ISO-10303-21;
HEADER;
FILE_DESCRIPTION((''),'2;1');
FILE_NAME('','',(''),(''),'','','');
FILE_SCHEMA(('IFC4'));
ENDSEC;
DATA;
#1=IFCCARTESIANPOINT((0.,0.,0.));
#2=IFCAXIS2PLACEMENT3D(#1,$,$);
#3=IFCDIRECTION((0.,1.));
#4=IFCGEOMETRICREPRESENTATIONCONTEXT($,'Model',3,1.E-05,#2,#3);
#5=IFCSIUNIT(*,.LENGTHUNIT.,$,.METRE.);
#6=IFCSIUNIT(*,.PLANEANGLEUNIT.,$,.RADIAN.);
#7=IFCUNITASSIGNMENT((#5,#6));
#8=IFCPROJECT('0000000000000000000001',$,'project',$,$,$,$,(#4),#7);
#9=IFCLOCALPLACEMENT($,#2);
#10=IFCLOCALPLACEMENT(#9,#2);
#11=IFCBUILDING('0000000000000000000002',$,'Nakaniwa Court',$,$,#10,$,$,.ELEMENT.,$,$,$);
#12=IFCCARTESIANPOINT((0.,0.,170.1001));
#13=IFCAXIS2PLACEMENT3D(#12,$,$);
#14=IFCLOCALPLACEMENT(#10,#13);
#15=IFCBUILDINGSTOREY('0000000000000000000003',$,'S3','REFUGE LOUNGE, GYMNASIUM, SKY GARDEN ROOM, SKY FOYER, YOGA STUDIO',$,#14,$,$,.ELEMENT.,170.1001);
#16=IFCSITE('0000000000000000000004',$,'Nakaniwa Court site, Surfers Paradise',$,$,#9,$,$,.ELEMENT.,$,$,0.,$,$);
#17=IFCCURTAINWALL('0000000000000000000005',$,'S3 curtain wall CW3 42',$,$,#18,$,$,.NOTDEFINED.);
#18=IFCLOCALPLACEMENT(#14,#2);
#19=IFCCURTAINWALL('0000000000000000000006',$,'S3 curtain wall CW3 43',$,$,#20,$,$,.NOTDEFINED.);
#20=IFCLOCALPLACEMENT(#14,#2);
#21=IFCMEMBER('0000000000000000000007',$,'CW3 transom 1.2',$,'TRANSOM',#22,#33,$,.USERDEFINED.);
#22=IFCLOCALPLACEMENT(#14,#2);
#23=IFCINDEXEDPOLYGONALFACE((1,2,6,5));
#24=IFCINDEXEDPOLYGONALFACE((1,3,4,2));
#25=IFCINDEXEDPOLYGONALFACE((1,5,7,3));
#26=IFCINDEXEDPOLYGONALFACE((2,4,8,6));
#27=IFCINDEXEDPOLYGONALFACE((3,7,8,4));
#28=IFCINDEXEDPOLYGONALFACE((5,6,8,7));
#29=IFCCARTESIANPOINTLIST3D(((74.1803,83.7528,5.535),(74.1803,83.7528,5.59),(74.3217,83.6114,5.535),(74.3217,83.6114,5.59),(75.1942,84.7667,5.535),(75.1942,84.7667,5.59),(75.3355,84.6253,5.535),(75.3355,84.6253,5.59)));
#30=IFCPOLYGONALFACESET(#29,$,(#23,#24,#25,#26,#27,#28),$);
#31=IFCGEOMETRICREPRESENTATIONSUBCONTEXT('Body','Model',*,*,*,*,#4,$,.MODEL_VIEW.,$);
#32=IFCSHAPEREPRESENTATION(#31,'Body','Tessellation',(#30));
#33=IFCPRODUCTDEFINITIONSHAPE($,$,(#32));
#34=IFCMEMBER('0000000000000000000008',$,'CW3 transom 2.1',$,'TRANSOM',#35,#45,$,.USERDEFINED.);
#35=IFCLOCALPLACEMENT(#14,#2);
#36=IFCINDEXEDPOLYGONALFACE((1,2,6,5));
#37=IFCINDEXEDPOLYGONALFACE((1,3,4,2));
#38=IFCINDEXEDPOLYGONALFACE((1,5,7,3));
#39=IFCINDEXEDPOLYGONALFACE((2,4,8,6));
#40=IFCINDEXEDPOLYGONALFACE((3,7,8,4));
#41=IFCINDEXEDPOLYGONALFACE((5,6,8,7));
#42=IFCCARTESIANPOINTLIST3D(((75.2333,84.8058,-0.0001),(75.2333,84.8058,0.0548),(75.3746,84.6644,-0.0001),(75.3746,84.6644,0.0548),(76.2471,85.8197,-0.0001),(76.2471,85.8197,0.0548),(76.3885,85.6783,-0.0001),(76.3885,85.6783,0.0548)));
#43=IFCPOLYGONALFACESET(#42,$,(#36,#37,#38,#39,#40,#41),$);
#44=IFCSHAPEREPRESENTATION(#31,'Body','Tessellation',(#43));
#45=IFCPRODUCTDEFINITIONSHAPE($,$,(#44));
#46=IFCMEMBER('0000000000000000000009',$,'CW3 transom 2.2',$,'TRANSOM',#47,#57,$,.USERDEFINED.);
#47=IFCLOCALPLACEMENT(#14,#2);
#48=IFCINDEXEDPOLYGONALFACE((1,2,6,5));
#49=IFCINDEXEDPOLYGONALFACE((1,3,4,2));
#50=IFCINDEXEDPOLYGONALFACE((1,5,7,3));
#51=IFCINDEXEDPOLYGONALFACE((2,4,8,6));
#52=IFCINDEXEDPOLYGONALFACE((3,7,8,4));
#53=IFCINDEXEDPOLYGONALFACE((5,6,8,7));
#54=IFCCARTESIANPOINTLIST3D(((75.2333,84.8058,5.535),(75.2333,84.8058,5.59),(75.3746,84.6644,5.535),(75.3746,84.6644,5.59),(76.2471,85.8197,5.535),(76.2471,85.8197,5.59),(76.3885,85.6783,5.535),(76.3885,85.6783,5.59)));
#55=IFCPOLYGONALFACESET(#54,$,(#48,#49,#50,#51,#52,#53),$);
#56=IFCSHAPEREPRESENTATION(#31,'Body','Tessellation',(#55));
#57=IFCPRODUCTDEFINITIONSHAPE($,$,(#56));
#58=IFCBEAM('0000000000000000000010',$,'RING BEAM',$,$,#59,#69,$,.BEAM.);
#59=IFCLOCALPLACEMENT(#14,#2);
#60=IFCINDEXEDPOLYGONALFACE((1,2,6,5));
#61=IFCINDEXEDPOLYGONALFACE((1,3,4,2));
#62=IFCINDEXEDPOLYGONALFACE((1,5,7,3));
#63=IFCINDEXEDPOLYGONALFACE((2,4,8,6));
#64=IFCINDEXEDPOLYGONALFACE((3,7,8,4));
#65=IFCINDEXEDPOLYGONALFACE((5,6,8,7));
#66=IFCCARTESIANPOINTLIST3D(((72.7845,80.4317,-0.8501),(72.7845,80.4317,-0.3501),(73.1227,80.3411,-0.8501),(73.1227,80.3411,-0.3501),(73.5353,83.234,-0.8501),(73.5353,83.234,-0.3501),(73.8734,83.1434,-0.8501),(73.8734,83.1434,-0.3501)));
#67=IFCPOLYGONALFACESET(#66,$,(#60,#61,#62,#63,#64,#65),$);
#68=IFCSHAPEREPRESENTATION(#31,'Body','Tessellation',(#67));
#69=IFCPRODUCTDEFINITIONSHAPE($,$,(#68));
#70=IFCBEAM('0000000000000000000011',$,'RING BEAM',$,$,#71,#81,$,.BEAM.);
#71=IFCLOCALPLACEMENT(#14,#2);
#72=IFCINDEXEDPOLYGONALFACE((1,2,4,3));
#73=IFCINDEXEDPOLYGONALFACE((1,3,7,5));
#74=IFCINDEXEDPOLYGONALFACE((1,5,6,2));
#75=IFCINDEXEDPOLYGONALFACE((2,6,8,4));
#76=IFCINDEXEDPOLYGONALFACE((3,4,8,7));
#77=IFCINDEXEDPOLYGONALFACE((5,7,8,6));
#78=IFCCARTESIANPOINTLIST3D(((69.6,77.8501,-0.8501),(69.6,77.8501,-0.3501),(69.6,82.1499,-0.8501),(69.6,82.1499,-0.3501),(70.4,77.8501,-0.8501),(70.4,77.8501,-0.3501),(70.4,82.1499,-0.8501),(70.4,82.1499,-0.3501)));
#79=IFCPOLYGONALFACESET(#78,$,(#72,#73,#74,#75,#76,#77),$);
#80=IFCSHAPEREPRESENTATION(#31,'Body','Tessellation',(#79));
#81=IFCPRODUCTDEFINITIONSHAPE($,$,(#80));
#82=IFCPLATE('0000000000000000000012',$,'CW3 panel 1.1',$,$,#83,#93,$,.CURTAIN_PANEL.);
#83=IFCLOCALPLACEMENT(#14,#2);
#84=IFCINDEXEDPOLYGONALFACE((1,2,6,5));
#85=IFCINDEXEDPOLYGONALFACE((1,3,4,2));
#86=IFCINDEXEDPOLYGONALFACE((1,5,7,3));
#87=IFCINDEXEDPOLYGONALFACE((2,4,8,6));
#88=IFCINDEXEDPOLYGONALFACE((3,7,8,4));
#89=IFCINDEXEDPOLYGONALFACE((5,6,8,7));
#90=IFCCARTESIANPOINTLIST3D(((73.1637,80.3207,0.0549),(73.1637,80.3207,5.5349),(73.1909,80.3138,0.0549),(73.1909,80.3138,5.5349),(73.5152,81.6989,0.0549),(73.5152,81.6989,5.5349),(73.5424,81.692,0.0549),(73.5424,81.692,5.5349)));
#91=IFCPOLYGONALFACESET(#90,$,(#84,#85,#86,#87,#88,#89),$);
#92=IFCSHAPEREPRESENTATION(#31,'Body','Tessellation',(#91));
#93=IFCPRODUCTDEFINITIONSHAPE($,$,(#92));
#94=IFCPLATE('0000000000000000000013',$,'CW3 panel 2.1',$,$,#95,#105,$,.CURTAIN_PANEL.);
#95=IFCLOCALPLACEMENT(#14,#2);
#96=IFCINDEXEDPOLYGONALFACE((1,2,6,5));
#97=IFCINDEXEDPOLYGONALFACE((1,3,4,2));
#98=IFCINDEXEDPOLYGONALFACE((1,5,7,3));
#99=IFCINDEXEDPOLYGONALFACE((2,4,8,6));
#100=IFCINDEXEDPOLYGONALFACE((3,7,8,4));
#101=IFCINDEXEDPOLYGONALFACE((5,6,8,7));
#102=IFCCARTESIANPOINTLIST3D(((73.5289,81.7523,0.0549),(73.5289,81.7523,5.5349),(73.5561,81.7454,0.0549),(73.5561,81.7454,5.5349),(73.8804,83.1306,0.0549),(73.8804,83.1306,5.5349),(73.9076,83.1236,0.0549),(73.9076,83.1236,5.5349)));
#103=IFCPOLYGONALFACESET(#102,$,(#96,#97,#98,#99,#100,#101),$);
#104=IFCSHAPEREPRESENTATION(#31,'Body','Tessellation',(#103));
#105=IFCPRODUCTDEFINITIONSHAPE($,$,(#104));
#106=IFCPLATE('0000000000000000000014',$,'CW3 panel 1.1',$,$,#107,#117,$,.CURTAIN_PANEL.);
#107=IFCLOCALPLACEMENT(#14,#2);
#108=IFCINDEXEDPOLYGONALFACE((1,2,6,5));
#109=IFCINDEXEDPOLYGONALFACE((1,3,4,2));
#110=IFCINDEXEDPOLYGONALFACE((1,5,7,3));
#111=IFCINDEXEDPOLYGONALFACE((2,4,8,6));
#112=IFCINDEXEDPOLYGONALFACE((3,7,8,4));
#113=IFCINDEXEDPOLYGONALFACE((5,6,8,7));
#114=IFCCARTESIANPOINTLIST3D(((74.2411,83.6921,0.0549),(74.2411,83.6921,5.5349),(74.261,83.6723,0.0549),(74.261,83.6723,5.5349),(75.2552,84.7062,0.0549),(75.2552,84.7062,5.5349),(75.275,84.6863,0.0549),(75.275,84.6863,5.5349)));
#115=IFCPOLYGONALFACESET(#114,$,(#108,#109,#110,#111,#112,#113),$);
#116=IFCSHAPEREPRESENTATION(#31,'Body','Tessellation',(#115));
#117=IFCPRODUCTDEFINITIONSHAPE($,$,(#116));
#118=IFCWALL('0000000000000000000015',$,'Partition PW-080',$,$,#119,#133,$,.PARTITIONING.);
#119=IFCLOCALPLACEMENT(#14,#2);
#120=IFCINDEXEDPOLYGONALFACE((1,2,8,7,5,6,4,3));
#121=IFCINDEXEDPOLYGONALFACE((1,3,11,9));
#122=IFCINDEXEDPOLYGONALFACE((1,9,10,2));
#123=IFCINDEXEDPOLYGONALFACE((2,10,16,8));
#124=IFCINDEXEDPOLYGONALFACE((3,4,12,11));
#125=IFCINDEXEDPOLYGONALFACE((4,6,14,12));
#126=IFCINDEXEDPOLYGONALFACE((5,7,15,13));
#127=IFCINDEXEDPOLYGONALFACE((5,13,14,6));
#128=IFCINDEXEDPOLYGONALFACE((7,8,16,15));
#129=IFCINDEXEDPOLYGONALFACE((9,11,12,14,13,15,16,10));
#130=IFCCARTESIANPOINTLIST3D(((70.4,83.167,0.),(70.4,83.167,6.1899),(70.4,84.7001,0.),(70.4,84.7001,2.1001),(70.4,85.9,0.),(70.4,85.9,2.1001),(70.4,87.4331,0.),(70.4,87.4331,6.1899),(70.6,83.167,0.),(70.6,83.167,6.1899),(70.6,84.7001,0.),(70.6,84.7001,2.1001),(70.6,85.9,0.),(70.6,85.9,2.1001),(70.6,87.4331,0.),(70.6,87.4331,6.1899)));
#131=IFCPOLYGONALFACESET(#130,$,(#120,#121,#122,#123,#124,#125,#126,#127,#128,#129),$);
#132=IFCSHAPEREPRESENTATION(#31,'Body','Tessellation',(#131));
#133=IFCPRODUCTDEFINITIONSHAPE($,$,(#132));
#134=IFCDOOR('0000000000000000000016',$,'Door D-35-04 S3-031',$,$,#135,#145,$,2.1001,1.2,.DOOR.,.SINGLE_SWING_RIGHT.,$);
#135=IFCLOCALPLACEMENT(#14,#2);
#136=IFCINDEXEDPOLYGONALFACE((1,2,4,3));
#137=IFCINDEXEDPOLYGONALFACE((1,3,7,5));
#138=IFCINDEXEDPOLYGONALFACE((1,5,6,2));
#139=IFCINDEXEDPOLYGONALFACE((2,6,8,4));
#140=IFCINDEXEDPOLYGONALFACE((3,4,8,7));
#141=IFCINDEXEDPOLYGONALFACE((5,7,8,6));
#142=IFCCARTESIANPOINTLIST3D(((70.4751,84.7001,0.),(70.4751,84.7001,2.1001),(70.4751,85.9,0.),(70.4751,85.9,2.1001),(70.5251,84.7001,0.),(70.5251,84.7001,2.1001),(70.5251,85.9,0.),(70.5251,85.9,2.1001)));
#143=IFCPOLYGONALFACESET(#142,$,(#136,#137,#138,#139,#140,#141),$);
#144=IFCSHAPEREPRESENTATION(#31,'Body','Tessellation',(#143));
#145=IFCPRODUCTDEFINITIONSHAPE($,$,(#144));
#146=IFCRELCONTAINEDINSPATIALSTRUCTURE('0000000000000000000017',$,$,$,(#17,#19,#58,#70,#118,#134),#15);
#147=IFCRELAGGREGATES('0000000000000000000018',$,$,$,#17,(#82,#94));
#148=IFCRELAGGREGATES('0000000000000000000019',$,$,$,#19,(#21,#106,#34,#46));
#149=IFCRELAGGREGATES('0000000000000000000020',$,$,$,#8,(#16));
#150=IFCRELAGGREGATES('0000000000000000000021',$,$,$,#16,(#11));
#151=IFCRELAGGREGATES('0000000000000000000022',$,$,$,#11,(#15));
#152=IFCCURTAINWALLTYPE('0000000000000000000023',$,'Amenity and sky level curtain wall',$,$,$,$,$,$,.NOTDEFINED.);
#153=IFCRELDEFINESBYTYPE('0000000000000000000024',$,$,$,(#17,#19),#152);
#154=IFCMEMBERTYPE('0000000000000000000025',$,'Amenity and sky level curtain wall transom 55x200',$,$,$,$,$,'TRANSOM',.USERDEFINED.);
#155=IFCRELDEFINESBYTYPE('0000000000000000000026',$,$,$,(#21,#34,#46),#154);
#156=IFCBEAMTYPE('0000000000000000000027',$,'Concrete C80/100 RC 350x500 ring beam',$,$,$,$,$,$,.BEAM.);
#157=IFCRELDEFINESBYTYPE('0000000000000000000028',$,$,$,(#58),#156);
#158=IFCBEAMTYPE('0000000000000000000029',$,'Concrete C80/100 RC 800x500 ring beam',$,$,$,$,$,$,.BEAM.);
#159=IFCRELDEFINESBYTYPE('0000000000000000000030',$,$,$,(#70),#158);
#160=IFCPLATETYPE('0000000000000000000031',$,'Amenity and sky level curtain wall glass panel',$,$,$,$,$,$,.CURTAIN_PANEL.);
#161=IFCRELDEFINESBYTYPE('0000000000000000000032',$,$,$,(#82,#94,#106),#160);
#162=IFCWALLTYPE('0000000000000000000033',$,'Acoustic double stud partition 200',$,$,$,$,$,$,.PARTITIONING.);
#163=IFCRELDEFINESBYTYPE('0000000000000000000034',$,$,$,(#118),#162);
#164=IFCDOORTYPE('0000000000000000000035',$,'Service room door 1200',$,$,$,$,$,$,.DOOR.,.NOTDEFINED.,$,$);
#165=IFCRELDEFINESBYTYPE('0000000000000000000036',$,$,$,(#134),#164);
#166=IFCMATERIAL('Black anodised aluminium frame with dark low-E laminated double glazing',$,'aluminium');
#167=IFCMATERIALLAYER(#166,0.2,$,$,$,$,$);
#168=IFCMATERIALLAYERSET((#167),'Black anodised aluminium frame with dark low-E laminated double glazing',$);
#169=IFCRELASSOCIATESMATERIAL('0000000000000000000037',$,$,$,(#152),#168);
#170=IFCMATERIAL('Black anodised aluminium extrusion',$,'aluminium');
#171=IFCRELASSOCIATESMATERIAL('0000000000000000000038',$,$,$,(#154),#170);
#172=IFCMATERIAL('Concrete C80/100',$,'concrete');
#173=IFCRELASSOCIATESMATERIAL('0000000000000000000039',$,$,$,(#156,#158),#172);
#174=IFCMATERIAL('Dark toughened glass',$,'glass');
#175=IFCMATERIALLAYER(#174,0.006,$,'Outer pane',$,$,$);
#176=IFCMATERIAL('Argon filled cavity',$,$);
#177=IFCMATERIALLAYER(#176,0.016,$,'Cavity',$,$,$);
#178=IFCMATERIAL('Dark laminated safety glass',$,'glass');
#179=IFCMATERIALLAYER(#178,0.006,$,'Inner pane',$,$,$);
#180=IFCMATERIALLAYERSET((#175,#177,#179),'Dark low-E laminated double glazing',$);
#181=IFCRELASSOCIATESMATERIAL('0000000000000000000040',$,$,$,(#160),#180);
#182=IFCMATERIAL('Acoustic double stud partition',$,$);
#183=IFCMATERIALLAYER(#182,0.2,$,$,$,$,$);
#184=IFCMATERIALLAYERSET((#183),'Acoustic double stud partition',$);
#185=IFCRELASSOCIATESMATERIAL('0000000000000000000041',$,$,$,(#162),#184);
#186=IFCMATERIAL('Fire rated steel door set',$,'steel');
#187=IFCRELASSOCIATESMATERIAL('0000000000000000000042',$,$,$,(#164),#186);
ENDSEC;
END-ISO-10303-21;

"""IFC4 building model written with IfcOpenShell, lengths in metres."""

from ifc_helpers import new_model, si_unit, direction, frame, frame_2d, origin, origin_2d, place, context, subcontext, project, spatial, rectangle, extrude, material, layer, layer_set, material_profile, profile_set, type_object, element, fill, aggregate, save


model = new_model("IFC4")

# Units and contexts
model_context = context("Model", 3, precision=1e-05, world=origin(), true_north=direction((0.0, 1.0)))
body_context = subcontext(model_context, "Body", "Model", "MODEL_VIEW")
ifc_project = project(units=[si_unit("LENGTHUNIT", "METRE"), si_unit("PLANEANGLEUNIT", "RADIAN")], contexts=[model_context])

# Site, building, storey
site_placement = place(None, origin())
site = spatial("IfcSite", under=ifc_project, at=site_placement, Name="Nakaniwa Court site, Surfers Paradise", CompositionType="ELEMENT", RefElevation=0.0)
building_placement = place(site_placement, origin())
building = spatial("IfcBuilding", under=site, at=building_placement, Name="Nakaniwa Court", CompositionType="ELEMENT")
storey_placement = place(building_placement, frame((0.0, 0.0, 170.1001)))
storey = spatial("IfcBuildingStorey", under=building, at=storey_placement, Name="S3", Description="REFUGE LOUNGE, GYMNASIUM, SKY GARDEN ROOM, SKY FOYER, YOGA STUDIO", CompositionType="ELEMENT", Elevation=170.1001)

# Shared definitions
ifc_material_1 = material(Name="Concrete C80/100", Category="concrete")

# Curtain walls
ifc_material_2 = material(Name="Black anodised aluminium frame with dark low-E laminated double glazing", Category="aluminium")
ifc_layer_1 = layer(ifc_material_2, 0.2)
ifc_layer_set_1 = layer_set([ifc_layer_1], Name="Black anodised aluminium frame with dark low-E laminated double glazing")
curtain_wall_type = type_object("IfcCurtainWallType", Name="Amenity and sky level curtain wall", PredefinedType="NOTDEFINED", material=ifc_layer_set_1)
curtain_wall_1_placement = place(storey_placement, origin())
curtain_wall_1 = element("IfcCurtainWall", 1, at=curtain_wall_1_placement, inside=storey, type_object=curtain_wall_type, Name="S3 curtain wall CW3 42", PredefinedType="NOTDEFINED")
ifc_material_3 = material(Name="Black anodised aluminium extrusion", Category="aluminium")
curtain_wall_2_placement = place(storey_placement, origin())
curtain_wall_2 = element("IfcCurtainWall", 2, at=curtain_wall_2_placement, inside=storey, type_object=curtain_wall_type, Name="S3 curtain wall CW3 43", PredefinedType="NOTDEFINED")

# Members
ifc_material_profile_1 = material_profile(ifc_material_3, rectangle(XDim=0.2, YDim=0.0549, at=origin_2d()), Name="Amenity and sky level curtain wall transom 55x200")
ifc_profile_set_1 = profile_set([ifc_material_profile_1], Name="Black anodised aluminium extrusion")
member_type_1 = type_object("IfcMemberType", Name="Amenity and sky level curtain wall transom 55x200", ElementType="TRANSOM", PredefinedType="USERDEFINED", material=ifc_profile_set_1)
member_1_placement = place(storey_placement, frame((74.251, 83.6821, 5.5625), z_axis=(0.707107, 0.707107, 0.0), x_axis=(-0.707107, 0.707107, 0.0)))
member_1 = element("IfcMember", 3, at=member_1_placement, type_object=member_type_1, Name="CW3 transom 1.2", ObjectType="TRANSOM", PredefinedType="USERDEFINED", context=body_context, shape_type="SweptSolid", body=[
    extrude(rectangle(XDim=0.2, YDim=0.0549, at=origin_2d()), origin(), (0.0, 0.0, 1.0), 1.4338),
])
member_2_placement = place(storey_placement, frame((75.304, 84.7351, 0.0273), z_axis=(0.707107, 0.707107, 0.0), x_axis=(-0.707107, 0.707107, 0.0)))
member_2 = element("IfcMember", 4, at=member_2_placement, type_object=member_type_1, Name="CW3 transom 2.1", ObjectType="TRANSOM", PredefinedType="USERDEFINED", context=body_context, shape_type="SweptSolid", body=[
    extrude(rectangle(XDim=0.2, YDim=0.0549, at=origin_2d()), origin(), (0.0, 0.0, 1.0), 1.4338),
])
member_3_placement = place(storey_placement, frame((75.304, 84.7351, 5.5625), z_axis=(0.707107, 0.707107, 0.0), x_axis=(-0.707107, 0.707107, 0.0)))
member_3 = element("IfcMember", 5, at=member_3_placement, type_object=member_type_1, Name="CW3 transom 2.2", ObjectType="TRANSOM", PredefinedType="USERDEFINED", context=body_context, shape_type="SweptSolid", body=[
    extrude(rectangle(XDim=0.2, YDim=0.0549, at=origin_2d()), origin(), (0.0, 0.0, 1.0), 1.4338),
])

# Beams
ifc_material_profile_2 = material_profile(ifc_material_1, rectangle(XDim=0.3501, YDim=0.5, at=origin_2d()), Name="Concrete C80/100 RC 350x500 ring beam")
ifc_profile_set_2 = profile_set([ifc_material_profile_2], Name="Concrete C80/100")
beam_type_1 = type_object("IfcBeamType", Name="Concrete C80/100 RC 350x500 ring beam", PredefinedType="BEAM", material=ifc_profile_set_2)
beam_1_placement = place(storey_placement, frame((73.7043, 83.1887, -0.6001), z_axis=(-0.258778, -0.965937, 0.0), x_axis=(0.965937, -0.258778, 0.0)))
element("IfcBeam", 6, at=beam_1_placement, inside=storey, type_object=beam_type_1, Name="RING BEAM", PredefinedType="BEAM", context=body_context, shape_type="SweptSolid", body=[
    extrude(rectangle(XDim=0.3501, YDim=0.5, at=origin_2d()), origin(), (0.0, 0.0, 1.0), 2.9011),
])
ifc_material_profile_3 = material_profile(ifc_material_1, rectangle(XDim=0.8, YDim=0.5, at=origin_2d()), Name="Concrete C80/100 RC 800x500 ring beam")
ifc_profile_set_3 = profile_set([ifc_material_profile_3], Name="Concrete C80/100")
beam_type_2 = type_object("IfcBeamType", Name="Concrete C80/100 RC 800x500 ring beam", PredefinedType="BEAM", material=ifc_profile_set_3)
beam_2_placement = place(storey_placement, frame((70.0, 82.1499, -0.6001), z_axis=(0.0, -1.0, 0.0), x_axis=(1.0, 0.0, 0.0)))
element("IfcBeam", 7, at=beam_2_placement, inside=storey, type_object=beam_type_2, Name="RING BEAM", PredefinedType="BEAM", context=body_context, shape_type="SweptSolid", body=[
    extrude(rectangle(XDim=0.8, YDim=0.5, at=origin_2d()), origin(), (0.0, 0.0, 1.0), 4.2998),
])

# Plates
ifc_material_4 = material(Name="Dark toughened glass", Category="glass")
ifc_layer_2 = layer(ifc_material_4, 0.006, Name="Outer pane")
ifc_material_5 = material(Name="Argon filled cavity")
ifc_layer_3 = layer(ifc_material_5, 0.016, Name="Cavity")
ifc_material_6 = material(Name="Dark laminated safety glass", Category="glass")
ifc_layer_4 = layer(ifc_material_6, 0.006, Name="Inner pane")
ifc_layer_set_2 = layer_set([ifc_layer_2, ifc_layer_3, ifc_layer_4], Name="Dark low-E laminated double glazing")
plate_type = type_object("IfcPlateType", Name="Amenity and sky level curtain wall glass panel", PredefinedType="CURTAIN_PANEL", material=ifc_layer_set_2)
plate_1_placement = place(storey_placement, frame((73.353, 81.0063, 0.0549), z_axis=(0.0, 0.0, 1.0), x_axis=(0.247114, 0.968986, 0.0)))
plate_1 = element("IfcPlate", 8, at=plate_1_placement, type_object=plate_type, Name="CW3 panel 1.1", PredefinedType="CURTAIN_PANEL", context=body_context, shape_type="SweptSolid", body=[
    extrude(rectangle(XDim=1.4224, YDim=0.0281, at=origin_2d()), origin(), (0.0, 0.0, 1.0), 5.48),
])
plate_2_placement = place(storey_placement, frame((73.7183, 82.438, 0.0549), z_axis=(0.0, 0.0, 1.0), x_axis=(0.247114, 0.968986, 0.0)))
plate_2 = element("IfcPlate", 9, at=plate_2_placement, type_object=plate_type, Name="CW3 panel 2.1", PredefinedType="CURTAIN_PANEL", context=body_context, shape_type="SweptSolid", body=[
    extrude(rectangle(XDim=1.4224, YDim=0.0281, at=origin_2d()), origin(), (0.0, 0.0, 1.0), 5.48),
])
aggregate(curtain_wall_1, [plate_1, plate_2])
plate_3_placement = place(storey_placement, frame((74.7581, 84.1892, 0.0549), z_axis=(0.0, 0.0, 1.0), x_axis=(0.707107, 0.707107, 0.0)))
plate_3 = element("IfcPlate", 10, at=plate_3_placement, type_object=plate_type, Name="CW3 panel 1.1", PredefinedType="CURTAIN_PANEL", context=body_context, shape_type="SweptSolid", body=[
    extrude(rectangle(XDim=1.4341, YDim=0.0281, at=origin_2d()), origin(), (0.0, 0.0, 1.0), 5.48),
])
aggregate(curtain_wall_2, [member_1, plate_3, member_2, member_3])

# Wall, opening, door
ifc_material_7 = material(Name="Acoustic double stud partition")
ifc_layer_5 = layer(ifc_material_7, 0.2)
ifc_layer_set_3 = layer_set([ifc_layer_5], Name="Acoustic double stud partition")
wall_type = type_object("IfcWallType", Name="Acoustic double stud partition 200", PredefinedType="PARTITIONING", material=ifc_layer_set_3)
wall_placement = place(storey_placement, frame((70.5, 83.167, 0.0), z_axis=(0.0, 0.0, 1.0), x_axis=(0.0, 1.0, 0.0)))
wall = element("IfcWall", 11, at=wall_placement, inside=storey, type_object=wall_type, Name="Partition PW-080", PredefinedType="PARTITIONING", context=body_context, shape_type="SweptSolid", body=[
    extrude(rectangle(XDim=4.2661, YDim=0.2, at=frame_2d((2.1331, 0.0))), origin(), (0.0, 0.0, 1.0), 6.1899),
])
opening_placement = place(wall_placement, frame((1.533, 0.0, 0.0)))
opening = element("IfcOpeningElement", 12, at=opening_placement, cuts=wall, PredefinedType="OPENING", context=body_context, shape_type="SweptSolid", body=[
    extrude(rectangle(XDim=1.2, YDim=2.1001, at=frame_2d((0.6001, 1.05))), frame((0.0, 0.1099, 0.0), z_axis=(0.0, -1.0, 0.0), x_axis=(1.0, 0.0, 0.0)), (0.0, 0.0, 1.0), 0.22),
])
ifc_material_8 = material(Name="Fire rated steel door set", Category="steel")
door_type = type_object("IfcDoorType", Name="Service room door 1200", OperationType="NOTDEFINED", PredefinedType="DOOR", material=ifc_material_8)
door_placement = place(opening_placement, origin())
door = element("IfcDoor", 13, at=door_placement, inside=storey, type_object=door_type, Name="Door D-35-04 S3-031", OperationType="SINGLE_SWING_RIGHT", OverallHeight=2.1001, OverallWidth=1.2, PredefinedType="DOOR", context=body_context, shape_type="SweptSolid", body=[
    extrude(rectangle(XDim=1.2, YDim=2.1001, at=frame_2d((0.6001, 1.05))), frame((0.0, 0.0249, 0.0), z_axis=(0.0, -1.0, 0.0), x_axis=(1.0, 0.0, 0.0)), (0.0, 0.0, 1.0), 0.05),
])
fill(opening, door)

save(model, "model.ifc")
